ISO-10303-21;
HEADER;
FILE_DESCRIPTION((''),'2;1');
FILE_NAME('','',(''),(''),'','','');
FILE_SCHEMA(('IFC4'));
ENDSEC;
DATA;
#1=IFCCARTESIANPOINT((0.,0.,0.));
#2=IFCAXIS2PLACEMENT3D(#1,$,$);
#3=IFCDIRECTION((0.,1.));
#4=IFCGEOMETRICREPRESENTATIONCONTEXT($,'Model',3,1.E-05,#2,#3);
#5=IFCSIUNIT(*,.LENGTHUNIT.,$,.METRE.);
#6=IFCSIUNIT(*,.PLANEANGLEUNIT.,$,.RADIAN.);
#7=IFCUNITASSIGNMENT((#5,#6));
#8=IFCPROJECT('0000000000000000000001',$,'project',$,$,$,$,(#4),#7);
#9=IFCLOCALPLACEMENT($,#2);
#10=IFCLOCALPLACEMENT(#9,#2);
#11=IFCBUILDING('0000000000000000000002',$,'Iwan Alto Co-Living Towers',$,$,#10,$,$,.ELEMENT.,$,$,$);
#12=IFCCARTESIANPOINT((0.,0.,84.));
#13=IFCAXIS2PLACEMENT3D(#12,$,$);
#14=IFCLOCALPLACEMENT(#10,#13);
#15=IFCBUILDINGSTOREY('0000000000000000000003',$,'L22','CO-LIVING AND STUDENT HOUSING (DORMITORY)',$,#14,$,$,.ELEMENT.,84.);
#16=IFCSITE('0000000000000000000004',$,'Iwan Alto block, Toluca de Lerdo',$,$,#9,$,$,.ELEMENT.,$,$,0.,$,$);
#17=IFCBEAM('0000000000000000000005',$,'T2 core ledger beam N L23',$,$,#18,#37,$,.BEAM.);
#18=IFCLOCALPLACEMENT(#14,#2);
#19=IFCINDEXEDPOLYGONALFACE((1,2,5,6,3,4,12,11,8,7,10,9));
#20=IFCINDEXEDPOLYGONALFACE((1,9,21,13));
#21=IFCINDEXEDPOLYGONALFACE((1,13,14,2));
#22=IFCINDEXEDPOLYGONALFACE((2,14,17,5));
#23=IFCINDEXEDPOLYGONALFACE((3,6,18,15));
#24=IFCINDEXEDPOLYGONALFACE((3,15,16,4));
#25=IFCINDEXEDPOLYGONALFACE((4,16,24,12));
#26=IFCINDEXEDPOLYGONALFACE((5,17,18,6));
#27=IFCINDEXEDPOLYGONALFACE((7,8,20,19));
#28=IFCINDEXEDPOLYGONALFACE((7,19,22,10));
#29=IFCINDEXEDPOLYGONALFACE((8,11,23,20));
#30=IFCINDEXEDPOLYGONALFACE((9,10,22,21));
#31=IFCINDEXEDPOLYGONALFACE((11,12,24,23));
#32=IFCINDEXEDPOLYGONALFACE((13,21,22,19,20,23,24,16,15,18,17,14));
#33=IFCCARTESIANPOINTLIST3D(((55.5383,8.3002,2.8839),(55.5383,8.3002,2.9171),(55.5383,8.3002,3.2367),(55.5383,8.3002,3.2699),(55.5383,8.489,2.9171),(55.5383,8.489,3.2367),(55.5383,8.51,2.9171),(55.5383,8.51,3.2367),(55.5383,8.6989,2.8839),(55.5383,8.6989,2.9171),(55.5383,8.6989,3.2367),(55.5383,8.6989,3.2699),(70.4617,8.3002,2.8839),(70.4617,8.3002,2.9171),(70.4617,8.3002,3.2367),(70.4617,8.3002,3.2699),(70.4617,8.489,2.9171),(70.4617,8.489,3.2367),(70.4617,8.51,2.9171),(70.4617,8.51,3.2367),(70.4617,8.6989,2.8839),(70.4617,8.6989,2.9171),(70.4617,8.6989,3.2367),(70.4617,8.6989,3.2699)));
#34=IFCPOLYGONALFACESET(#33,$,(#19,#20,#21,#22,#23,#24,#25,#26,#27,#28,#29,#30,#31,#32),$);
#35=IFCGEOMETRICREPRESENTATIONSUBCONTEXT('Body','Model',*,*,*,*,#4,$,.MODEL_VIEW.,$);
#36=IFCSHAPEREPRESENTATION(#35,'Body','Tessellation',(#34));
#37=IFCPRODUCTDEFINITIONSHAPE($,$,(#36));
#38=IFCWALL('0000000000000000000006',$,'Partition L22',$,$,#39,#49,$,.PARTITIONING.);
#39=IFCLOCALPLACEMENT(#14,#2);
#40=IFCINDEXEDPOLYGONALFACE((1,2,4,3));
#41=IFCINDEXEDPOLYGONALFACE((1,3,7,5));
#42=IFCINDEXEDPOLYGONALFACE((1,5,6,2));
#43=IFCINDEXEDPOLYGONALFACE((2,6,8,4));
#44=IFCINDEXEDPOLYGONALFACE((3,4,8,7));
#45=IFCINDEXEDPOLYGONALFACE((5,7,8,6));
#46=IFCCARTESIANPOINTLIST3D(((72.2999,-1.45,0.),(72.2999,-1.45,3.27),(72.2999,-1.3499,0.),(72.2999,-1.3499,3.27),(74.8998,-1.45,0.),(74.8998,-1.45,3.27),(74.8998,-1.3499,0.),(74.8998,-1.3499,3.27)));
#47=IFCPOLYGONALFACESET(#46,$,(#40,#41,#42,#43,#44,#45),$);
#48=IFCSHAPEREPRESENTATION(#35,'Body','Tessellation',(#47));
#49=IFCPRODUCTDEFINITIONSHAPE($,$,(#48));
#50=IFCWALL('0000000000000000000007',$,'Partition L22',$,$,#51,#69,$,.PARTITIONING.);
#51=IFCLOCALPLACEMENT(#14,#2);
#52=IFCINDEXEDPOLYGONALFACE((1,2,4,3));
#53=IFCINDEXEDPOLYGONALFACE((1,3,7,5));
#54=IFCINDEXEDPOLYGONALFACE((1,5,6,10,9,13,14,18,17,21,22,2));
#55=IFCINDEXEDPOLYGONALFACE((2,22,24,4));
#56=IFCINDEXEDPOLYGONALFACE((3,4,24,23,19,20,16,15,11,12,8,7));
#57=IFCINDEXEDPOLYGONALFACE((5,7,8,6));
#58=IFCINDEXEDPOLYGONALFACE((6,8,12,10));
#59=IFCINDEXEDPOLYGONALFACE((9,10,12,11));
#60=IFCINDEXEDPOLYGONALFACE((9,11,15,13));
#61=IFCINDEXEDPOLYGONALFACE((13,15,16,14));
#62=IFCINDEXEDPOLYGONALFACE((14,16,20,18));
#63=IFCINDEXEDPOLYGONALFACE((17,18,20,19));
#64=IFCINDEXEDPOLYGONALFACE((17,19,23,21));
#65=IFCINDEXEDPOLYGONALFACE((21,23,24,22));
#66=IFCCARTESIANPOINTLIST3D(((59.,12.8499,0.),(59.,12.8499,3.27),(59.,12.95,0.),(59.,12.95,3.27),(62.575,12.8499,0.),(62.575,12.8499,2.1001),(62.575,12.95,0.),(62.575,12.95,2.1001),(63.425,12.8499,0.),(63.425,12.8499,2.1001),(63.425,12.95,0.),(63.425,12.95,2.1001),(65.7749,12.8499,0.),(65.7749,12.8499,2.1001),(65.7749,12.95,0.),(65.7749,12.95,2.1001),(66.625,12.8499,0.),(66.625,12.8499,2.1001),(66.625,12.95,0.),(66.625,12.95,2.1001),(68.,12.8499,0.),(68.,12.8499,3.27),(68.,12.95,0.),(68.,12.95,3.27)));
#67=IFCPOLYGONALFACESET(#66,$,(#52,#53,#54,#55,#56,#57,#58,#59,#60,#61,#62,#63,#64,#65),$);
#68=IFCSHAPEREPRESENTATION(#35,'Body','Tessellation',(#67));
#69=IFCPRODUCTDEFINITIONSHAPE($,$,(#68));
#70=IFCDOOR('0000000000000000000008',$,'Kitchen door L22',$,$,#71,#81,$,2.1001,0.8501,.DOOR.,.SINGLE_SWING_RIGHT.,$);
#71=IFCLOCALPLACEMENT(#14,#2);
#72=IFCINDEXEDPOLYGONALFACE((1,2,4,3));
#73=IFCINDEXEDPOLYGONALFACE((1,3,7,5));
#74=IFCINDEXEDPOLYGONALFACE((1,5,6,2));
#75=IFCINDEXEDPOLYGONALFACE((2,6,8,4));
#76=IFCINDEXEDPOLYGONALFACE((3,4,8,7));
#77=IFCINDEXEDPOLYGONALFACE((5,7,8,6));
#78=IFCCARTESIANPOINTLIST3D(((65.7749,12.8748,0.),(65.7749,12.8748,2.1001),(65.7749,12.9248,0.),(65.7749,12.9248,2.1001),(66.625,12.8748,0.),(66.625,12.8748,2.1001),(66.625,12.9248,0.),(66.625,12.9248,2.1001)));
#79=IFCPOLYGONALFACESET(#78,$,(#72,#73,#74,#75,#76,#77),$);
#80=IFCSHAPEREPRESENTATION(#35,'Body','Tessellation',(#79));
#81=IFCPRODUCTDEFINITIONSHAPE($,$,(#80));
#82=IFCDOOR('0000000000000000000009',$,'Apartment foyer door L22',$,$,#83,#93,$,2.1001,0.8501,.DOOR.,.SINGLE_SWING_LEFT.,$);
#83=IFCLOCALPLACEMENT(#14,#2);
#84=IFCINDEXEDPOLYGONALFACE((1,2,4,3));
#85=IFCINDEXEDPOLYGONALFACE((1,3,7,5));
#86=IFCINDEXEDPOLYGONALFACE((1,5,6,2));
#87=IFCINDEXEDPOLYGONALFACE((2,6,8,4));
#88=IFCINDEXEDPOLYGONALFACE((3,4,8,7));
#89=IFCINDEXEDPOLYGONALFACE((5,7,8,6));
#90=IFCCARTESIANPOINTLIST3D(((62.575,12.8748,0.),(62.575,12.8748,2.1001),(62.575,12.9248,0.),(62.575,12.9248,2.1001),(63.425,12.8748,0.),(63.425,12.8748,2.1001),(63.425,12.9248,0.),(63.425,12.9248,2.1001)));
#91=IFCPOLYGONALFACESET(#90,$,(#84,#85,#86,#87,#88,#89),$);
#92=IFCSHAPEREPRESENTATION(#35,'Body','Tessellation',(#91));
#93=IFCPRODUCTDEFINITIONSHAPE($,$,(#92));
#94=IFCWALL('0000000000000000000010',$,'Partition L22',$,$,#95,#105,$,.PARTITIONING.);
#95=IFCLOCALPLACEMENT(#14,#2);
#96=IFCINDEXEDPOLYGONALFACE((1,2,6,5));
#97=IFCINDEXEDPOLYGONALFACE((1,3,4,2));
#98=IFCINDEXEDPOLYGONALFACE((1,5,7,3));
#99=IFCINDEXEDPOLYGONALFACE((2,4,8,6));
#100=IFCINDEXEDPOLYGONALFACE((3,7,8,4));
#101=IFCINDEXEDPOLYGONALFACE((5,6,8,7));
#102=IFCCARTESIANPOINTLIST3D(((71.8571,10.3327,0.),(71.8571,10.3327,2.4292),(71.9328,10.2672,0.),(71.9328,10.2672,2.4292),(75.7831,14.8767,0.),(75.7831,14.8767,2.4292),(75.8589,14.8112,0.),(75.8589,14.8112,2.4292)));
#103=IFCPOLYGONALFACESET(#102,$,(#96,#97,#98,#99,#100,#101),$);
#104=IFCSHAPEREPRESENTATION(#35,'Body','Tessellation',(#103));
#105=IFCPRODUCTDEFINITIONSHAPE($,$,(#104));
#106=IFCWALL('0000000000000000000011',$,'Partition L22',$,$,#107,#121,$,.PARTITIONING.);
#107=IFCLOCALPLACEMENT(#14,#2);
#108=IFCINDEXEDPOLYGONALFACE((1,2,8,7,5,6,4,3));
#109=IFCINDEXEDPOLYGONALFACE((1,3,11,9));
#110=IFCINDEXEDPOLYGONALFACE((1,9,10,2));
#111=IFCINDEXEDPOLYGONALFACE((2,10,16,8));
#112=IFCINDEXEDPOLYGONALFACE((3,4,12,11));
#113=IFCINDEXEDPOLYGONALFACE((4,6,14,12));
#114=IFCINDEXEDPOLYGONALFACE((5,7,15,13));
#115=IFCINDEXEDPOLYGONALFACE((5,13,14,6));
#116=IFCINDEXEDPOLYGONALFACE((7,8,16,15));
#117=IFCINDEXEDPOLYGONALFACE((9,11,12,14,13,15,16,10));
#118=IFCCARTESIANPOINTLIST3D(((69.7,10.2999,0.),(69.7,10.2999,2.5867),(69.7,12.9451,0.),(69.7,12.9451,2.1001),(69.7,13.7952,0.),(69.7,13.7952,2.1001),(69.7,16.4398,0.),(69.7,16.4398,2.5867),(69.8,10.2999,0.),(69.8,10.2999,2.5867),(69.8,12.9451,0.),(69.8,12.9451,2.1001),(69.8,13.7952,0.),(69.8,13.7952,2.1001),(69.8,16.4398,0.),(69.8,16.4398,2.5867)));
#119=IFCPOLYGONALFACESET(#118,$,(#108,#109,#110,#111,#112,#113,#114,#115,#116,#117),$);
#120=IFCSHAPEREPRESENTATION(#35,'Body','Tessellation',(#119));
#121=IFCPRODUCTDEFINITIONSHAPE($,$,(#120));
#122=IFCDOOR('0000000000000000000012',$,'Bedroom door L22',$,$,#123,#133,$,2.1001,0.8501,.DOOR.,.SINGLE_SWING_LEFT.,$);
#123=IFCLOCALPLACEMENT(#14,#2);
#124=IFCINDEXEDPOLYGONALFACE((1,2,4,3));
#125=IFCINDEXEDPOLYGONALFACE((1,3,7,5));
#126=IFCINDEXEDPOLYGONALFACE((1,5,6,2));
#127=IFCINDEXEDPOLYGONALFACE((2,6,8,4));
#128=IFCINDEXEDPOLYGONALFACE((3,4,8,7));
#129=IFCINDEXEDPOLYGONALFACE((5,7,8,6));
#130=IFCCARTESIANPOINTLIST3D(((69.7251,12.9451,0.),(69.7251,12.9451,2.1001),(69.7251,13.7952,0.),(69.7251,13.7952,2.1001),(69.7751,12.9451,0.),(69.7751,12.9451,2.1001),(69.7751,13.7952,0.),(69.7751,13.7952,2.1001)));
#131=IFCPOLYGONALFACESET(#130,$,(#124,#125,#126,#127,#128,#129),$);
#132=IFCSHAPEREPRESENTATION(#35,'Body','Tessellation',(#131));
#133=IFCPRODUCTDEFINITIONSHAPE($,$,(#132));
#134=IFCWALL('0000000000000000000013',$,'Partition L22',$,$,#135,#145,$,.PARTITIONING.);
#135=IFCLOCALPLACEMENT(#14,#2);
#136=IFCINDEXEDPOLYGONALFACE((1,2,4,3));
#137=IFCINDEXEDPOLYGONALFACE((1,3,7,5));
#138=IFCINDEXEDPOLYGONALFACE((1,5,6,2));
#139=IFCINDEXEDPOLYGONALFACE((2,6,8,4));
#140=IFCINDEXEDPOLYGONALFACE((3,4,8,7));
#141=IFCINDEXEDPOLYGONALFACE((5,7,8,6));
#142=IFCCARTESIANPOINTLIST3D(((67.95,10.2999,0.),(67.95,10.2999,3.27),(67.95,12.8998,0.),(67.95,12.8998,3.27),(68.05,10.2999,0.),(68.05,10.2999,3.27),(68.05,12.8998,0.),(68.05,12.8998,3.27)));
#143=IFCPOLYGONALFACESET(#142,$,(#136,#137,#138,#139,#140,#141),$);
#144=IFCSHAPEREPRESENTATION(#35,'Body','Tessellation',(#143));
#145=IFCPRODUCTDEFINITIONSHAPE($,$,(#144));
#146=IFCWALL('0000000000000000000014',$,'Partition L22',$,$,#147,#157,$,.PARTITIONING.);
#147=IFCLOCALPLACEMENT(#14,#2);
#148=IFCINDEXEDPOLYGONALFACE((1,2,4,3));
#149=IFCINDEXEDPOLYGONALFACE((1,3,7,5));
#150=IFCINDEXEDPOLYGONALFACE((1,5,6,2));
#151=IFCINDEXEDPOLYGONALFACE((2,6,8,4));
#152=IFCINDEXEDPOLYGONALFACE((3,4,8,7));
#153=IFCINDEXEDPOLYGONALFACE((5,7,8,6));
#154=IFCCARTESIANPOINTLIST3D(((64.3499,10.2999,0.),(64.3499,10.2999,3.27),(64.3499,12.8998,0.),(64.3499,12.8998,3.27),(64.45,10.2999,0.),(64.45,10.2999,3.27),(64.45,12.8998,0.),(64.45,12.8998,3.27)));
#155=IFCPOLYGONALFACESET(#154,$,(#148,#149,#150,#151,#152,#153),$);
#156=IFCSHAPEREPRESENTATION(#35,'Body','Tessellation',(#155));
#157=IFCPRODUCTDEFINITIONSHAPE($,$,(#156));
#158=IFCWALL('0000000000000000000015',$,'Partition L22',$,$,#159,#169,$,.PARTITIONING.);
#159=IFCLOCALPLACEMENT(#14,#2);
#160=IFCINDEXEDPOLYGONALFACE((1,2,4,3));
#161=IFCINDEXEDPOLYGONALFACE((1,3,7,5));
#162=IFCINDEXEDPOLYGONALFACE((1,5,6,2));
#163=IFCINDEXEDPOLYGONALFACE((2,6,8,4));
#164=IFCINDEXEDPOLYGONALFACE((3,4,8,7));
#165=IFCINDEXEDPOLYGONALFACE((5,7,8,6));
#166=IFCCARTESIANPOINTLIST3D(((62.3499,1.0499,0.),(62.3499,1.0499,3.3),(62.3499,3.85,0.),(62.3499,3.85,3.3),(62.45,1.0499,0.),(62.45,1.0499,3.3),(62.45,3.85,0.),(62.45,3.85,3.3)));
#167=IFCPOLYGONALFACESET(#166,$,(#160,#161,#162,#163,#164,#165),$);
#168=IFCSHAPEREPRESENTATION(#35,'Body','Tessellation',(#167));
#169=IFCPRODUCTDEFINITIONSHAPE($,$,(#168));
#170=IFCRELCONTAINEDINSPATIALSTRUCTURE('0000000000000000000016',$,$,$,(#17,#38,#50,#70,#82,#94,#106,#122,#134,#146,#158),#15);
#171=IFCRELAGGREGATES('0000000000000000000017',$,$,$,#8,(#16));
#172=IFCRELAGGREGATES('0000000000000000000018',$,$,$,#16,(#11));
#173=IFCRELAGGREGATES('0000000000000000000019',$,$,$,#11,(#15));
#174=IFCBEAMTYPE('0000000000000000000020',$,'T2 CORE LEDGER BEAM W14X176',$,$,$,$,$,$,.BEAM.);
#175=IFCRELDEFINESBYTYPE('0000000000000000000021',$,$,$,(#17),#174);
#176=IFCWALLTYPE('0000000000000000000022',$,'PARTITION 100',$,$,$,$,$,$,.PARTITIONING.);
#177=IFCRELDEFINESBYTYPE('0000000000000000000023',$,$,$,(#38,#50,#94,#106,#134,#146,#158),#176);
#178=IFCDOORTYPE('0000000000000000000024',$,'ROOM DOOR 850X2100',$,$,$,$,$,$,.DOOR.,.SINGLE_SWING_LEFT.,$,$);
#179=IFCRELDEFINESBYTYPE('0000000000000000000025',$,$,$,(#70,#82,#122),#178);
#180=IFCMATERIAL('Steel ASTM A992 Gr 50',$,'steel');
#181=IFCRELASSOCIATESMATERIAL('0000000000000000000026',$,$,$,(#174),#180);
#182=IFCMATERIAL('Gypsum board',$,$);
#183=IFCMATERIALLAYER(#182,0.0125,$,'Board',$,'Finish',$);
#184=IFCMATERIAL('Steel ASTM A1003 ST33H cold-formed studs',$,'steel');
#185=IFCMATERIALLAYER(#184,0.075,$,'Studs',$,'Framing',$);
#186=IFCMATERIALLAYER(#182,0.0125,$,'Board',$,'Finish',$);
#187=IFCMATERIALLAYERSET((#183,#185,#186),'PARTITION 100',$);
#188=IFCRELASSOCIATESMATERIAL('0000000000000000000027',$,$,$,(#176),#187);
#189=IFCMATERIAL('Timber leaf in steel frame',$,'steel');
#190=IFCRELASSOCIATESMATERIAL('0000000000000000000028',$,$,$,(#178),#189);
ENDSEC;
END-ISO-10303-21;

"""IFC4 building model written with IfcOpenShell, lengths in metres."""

from ifc_helpers import new_model, si_unit, direction, frame, frame_2d, origin, origin_2d, place, context, subcontext, project, spatial, rectangle, i_section, extrude, material, layer, layer_set, material_profile, profile_set, type_object, element, fill, save


model = new_model("IFC4")

# Units and contexts
model_context = context("Model", 3, precision=1e-05, world=origin(), true_north=direction((0.0, 1.0)))
body_context = subcontext(model_context, "Body", "Model", "MODEL_VIEW")
ifc_project = project(units=[si_unit("LENGTHUNIT", "METRE"), si_unit("PLANEANGLEUNIT", "RADIAN")], contexts=[model_context])

# Site, building, storey
site_placement = place(None, origin())
site = spatial("IfcSite", under=ifc_project, at=site_placement, Name="Iwan Alto block, Toluca de Lerdo", CompositionType="ELEMENT", RefElevation=0.0)
building_placement = place(site_placement, origin())
building = spatial("IfcBuilding", under=site, at=building_placement, Name="Iwan Alto Co-Living Towers", CompositionType="ELEMENT")
storey_placement = place(building_placement, frame((0.0, 0.0, 84.0)))
storey = spatial("IfcBuildingStorey", under=building, at=storey_placement, Name="L22", Description="CO-LIVING AND STUDENT HOUSING (DORMITORY)", CompositionType="ELEMENT", Elevation=84.0)

# Beam
ifc_material_1 = material(Name="Steel ASTM A992 Gr 50", Category="steel")
ifc_material_profile = material_profile(ifc_material_1, i_section(OverallWidth=0.3987, OverallDepth=0.386, WebThickness=0.021, FlangeThickness=0.0332, at=origin_2d()), Name="W14X176")
ifc_profile_set = profile_set([ifc_material_profile], Name="Steel ASTM A992 Gr 50")
beam_type = type_object("IfcBeamType", Name="T2 CORE LEDGER BEAM W14X176", PredefinedType="BEAM", material=ifc_profile_set)
beam_placement = place(storey_placement, frame((70.4617, 8.4995, 3.0769), z_axis=(-1.0, 0.0, 0.0), x_axis=(0.0, -1.0, 0.0)))
element("IfcBeam", 1, at=beam_placement, inside=storey, type_object=beam_type, Name="T2 core ledger beam N L23", PredefinedType="BEAM", context=body_context, shape_type="SweptSolid", body=[
    extrude(i_section(OverallWidth=0.3987, OverallDepth=0.386, WebThickness=0.021, FlangeThickness=0.0332, at=origin_2d()), origin(), (0.0, 0.0, 1.0), 14.9233),
])

# Wall
ifc_material_2 = material(Name="Gypsum board")
ifc_layer_1 = layer(ifc_material_2, 0.0125, Name="Board", Category="Finish")
ifc_material_3 = material(Name="Steel ASTM A1003 ST33H cold-formed studs", Category="steel")
ifc_layer_2 = layer(ifc_material_3, 0.075, Name="Studs", Category="Framing")
ifc_layer_3 = layer(ifc_material_2, 0.0125, Name="Board", Category="Finish")
ifc_layer_set_1 = layer_set([ifc_layer_1, ifc_layer_2, ifc_layer_3], Name="PARTITION 100")
wall_type_1 = type_object("IfcWallType", Name="PARTITION 100", PredefinedType="PARTITIONING", material=ifc_layer_set_1)
wall_1_placement = place(storey_placement, frame((72.3, -1.3999, 0.0), z_axis=(0.0, 0.0, 1.0), x_axis=(1.0, 0.0, 0.0)))
element("IfcWall", 2, at=wall_1_placement, inside=storey, type_object=wall_type_1, Name="Partition L22", PredefinedType="PARTITIONING", context=body_context, shape_type="SweptSolid", body=[
    extrude(rectangle(XDim=2.5999, YDim=0.1001, at=frame_2d((1.2998, 0.0))), origin(), (0.0, 0.0, 1.0), 3.27),
])

# Wall, openings, doors
wall_2_placement = place(storey_placement, frame((59.0, 12.8999, 0.0), z_axis=(0.0, 0.0, 1.0), x_axis=(1.0, 0.0, 0.0)))
wall_2 = element("IfcWall", 3, at=wall_2_placement, inside=storey, type_object=wall_type_1, Name="Partition L22", PredefinedType="PARTITIONING", context=body_context, shape_type="SweptSolid", body=[
    extrude(rectangle(XDim=9.0, YDim=0.1001, at=frame_2d((4.5, 0.0))), origin(), (0.0, 0.0, 1.0), 3.27),
])
opening_1_placement = place(wall_2_placement, frame((6.7749, 0.0, 0.0)))
opening_1 = element("IfcOpeningElement", 4, at=opening_1_placement, cuts=wall_2, PredefinedType="OPENING", context=body_context, shape_type="SweptSolid", body=[
    extrude(rectangle(XDim=0.8501, YDim=2.1001, at=frame_2d((0.425, 1.05))), frame((0.0, 0.0601, 0.0), z_axis=(0.0, -1.0, 0.0), x_axis=(1.0, 0.0, 0.0)), (0.0, 0.0, 1.0), 0.1201),
])
opening_2_placement = place(wall_2_placement, frame((3.575, 0.0, 0.0)))
opening_2 = element("IfcOpeningElement", 5, at=opening_2_placement, cuts=wall_2, PredefinedType="OPENING", context=body_context, shape_type="SweptSolid", body=[
    extrude(rectangle(XDim=0.8501, YDim=2.1001, at=frame_2d((0.425, 1.05))), frame((0.0, 0.0601, 0.0), z_axis=(0.0, -1.0, 0.0), x_axis=(1.0, 0.0, 0.0)), (0.0, 0.0, 1.0), 0.1201),
])
ifc_material_4 = material(Name="Timber leaf in steel frame", Category="steel")
door_type_1 = type_object("IfcDoorType", Name="ROOM DOOR 850X2100", OperationType="SINGLE_SWING_LEFT", PredefinedType="DOOR", material=ifc_material_4)
door_1_placement = place(opening_1_placement, origin())
door_1 = element("IfcDoor", 6, at=door_1_placement, inside=storey, type_object=door_type_1, Name="Kitchen door L22", OperationType="SINGLE_SWING_RIGHT", OverallHeight=2.1001, OverallWidth=0.8501, PredefinedType="DOOR", context=body_context, shape_type="SweptSolid", body=[
    extrude(rectangle(XDim=0.8501, YDim=2.1001, at=frame_2d((0.425, 1.05))), frame((0.0, 0.0249, 0.0), z_axis=(0.0, -1.0, 0.0), x_axis=(1.0, 0.0, 0.0)), (0.0, 0.0, 1.0), 0.05),
])
fill(opening_1, door_1)
door_2_placement = place(opening_2_placement, origin())
door_2 = element("IfcDoor", 7, at=door_2_placement, inside=storey, type_object=door_type_1, Name="Apartment foyer door L22", OperationType="SINGLE_SWING_LEFT", OverallHeight=2.1001, OverallWidth=0.8501, PredefinedType="DOOR", context=body_context, shape_type="SweptSolid", body=[
    extrude(rectangle(XDim=0.8501, YDim=2.1001, at=frame_2d((0.425, 1.05))), frame((0.0, 0.0249, 0.0), z_axis=(0.0, -1.0, 0.0), x_axis=(1.0, 0.0, 0.0)), (0.0, 0.0, 1.0), 0.05),
])
fill(opening_2, door_2)

# Wall
wall_3_placement = place(storey_placement, frame((71.895, 10.3, 0.0), z_axis=(0.0, 0.0, 1.0), x_axis=(0.653783, 0.756682, 0.0)))
element("IfcWall", 8, at=wall_3_placement, inside=storey, type_object=wall_type_1, Name="Partition L22", PredefinedType="PARTITIONING", context=body_context, shape_type="SweptSolid", body=[
    extrude(rectangle(XDim=6.0051, YDim=0.1001, at=frame_2d((3.0024, 0.0))), origin(), (0.0, 0.0, 1.0), 2.4292),
])

# Wall, opening, door
wall_4_placement = place(storey_placement, frame((69.75, 10.3, 0.0), z_axis=(0.0, 0.0, 1.0), x_axis=(0.0, 1.0, 0.0)))
wall_4 = element("IfcWall", 9, at=wall_4_placement, inside=storey, type_object=wall_type_1, Name="Partition L22", PredefinedType="PARTITIONING", context=body_context, shape_type="SweptSolid", body=[
    extrude(rectangle(XDim=6.1399, YDim=0.1001, at=frame_2d((3.0698, 0.0))), origin(), (0.0, 0.0, 1.0), 2.5867),
])
opening_3_placement = place(wall_4_placement, frame((2.645, 0.0, 0.0)))
opening_3 = element("IfcOpeningElement", 10, at=opening_3_placement, cuts=wall_4, PredefinedType="OPENING", context=body_context, shape_type="SweptSolid", body=[
    extrude(rectangle(XDim=0.8501, YDim=2.1001, at=frame_2d((0.425, 1.05))), frame((0.0, 0.0601, 0.0), z_axis=(0.0, -1.0, 0.0), x_axis=(1.0, 0.0, 0.0)), (0.0, 0.0, 1.0), 0.1201),
])
door_3_placement = place(opening_3_placement, origin())
door_3 = element("IfcDoor", 11, at=door_3_placement, inside=storey, type_object=door_type_1, Name="Bedroom door L22", OperationType="SINGLE_SWING_LEFT", OverallHeight=2.1001, OverallWidth=0.8501, PredefinedType="DOOR", context=body_context, shape_type="SweptSolid", body=[
    extrude(rectangle(XDim=0.8501, YDim=2.1001, at=frame_2d((0.425, 1.05))), frame((0.0, 0.0249, 0.0), z_axis=(0.0, -1.0, 0.0), x_axis=(1.0, 0.0, 0.0)), (0.0, 0.0, 1.0), 0.05),
])
fill(opening_3, door_3)

# Walls
for number, where, z_axis, x_axis, name in (
    (12, (68.0, 10.3, 0.0), (0.0, 0.0, 1.0), (0.0, 1.0, 0.0), "Partition L22"),
    (13, (64.3999, 10.3, 0.0), (0.0, 0.0, 1.0), (0.0, 1.0, 0.0), "Partition L22"),
):
    element("IfcWall", number, at=place(storey_placement, frame(where, z_axis=z_axis, x_axis=x_axis)), inside=storey, type_object=wall_type_1, Name=name, PredefinedType="PARTITIONING", context=body_context, shape_type="SweptSolid", body=[
        extrude(rectangle(XDim=2.5999, YDim=0.1001, at=frame_2d((1.2998, 0.0))), origin(), (0.0, 0.0, 1.0), 3.27),
    ])
wall_5_placement = place(storey_placement, frame((62.3999, 1.05, 0.0), z_axis=(0.0, 0.0, 1.0), x_axis=(0.0, 1.0, 0.0)))
element("IfcWall", 14, at=wall_5_placement, inside=storey, type_object=wall_type_1, Name="Partition L22", PredefinedType="PARTITIONING", context=body_context, shape_type="SweptSolid", body=[
    extrude(rectangle(XDim=2.8, YDim=0.1001, at=frame_2d((1.3999, 0.0))), origin(), (0.0, 0.0, 1.0), 3.3),
])

save(model, "model.ifc")
